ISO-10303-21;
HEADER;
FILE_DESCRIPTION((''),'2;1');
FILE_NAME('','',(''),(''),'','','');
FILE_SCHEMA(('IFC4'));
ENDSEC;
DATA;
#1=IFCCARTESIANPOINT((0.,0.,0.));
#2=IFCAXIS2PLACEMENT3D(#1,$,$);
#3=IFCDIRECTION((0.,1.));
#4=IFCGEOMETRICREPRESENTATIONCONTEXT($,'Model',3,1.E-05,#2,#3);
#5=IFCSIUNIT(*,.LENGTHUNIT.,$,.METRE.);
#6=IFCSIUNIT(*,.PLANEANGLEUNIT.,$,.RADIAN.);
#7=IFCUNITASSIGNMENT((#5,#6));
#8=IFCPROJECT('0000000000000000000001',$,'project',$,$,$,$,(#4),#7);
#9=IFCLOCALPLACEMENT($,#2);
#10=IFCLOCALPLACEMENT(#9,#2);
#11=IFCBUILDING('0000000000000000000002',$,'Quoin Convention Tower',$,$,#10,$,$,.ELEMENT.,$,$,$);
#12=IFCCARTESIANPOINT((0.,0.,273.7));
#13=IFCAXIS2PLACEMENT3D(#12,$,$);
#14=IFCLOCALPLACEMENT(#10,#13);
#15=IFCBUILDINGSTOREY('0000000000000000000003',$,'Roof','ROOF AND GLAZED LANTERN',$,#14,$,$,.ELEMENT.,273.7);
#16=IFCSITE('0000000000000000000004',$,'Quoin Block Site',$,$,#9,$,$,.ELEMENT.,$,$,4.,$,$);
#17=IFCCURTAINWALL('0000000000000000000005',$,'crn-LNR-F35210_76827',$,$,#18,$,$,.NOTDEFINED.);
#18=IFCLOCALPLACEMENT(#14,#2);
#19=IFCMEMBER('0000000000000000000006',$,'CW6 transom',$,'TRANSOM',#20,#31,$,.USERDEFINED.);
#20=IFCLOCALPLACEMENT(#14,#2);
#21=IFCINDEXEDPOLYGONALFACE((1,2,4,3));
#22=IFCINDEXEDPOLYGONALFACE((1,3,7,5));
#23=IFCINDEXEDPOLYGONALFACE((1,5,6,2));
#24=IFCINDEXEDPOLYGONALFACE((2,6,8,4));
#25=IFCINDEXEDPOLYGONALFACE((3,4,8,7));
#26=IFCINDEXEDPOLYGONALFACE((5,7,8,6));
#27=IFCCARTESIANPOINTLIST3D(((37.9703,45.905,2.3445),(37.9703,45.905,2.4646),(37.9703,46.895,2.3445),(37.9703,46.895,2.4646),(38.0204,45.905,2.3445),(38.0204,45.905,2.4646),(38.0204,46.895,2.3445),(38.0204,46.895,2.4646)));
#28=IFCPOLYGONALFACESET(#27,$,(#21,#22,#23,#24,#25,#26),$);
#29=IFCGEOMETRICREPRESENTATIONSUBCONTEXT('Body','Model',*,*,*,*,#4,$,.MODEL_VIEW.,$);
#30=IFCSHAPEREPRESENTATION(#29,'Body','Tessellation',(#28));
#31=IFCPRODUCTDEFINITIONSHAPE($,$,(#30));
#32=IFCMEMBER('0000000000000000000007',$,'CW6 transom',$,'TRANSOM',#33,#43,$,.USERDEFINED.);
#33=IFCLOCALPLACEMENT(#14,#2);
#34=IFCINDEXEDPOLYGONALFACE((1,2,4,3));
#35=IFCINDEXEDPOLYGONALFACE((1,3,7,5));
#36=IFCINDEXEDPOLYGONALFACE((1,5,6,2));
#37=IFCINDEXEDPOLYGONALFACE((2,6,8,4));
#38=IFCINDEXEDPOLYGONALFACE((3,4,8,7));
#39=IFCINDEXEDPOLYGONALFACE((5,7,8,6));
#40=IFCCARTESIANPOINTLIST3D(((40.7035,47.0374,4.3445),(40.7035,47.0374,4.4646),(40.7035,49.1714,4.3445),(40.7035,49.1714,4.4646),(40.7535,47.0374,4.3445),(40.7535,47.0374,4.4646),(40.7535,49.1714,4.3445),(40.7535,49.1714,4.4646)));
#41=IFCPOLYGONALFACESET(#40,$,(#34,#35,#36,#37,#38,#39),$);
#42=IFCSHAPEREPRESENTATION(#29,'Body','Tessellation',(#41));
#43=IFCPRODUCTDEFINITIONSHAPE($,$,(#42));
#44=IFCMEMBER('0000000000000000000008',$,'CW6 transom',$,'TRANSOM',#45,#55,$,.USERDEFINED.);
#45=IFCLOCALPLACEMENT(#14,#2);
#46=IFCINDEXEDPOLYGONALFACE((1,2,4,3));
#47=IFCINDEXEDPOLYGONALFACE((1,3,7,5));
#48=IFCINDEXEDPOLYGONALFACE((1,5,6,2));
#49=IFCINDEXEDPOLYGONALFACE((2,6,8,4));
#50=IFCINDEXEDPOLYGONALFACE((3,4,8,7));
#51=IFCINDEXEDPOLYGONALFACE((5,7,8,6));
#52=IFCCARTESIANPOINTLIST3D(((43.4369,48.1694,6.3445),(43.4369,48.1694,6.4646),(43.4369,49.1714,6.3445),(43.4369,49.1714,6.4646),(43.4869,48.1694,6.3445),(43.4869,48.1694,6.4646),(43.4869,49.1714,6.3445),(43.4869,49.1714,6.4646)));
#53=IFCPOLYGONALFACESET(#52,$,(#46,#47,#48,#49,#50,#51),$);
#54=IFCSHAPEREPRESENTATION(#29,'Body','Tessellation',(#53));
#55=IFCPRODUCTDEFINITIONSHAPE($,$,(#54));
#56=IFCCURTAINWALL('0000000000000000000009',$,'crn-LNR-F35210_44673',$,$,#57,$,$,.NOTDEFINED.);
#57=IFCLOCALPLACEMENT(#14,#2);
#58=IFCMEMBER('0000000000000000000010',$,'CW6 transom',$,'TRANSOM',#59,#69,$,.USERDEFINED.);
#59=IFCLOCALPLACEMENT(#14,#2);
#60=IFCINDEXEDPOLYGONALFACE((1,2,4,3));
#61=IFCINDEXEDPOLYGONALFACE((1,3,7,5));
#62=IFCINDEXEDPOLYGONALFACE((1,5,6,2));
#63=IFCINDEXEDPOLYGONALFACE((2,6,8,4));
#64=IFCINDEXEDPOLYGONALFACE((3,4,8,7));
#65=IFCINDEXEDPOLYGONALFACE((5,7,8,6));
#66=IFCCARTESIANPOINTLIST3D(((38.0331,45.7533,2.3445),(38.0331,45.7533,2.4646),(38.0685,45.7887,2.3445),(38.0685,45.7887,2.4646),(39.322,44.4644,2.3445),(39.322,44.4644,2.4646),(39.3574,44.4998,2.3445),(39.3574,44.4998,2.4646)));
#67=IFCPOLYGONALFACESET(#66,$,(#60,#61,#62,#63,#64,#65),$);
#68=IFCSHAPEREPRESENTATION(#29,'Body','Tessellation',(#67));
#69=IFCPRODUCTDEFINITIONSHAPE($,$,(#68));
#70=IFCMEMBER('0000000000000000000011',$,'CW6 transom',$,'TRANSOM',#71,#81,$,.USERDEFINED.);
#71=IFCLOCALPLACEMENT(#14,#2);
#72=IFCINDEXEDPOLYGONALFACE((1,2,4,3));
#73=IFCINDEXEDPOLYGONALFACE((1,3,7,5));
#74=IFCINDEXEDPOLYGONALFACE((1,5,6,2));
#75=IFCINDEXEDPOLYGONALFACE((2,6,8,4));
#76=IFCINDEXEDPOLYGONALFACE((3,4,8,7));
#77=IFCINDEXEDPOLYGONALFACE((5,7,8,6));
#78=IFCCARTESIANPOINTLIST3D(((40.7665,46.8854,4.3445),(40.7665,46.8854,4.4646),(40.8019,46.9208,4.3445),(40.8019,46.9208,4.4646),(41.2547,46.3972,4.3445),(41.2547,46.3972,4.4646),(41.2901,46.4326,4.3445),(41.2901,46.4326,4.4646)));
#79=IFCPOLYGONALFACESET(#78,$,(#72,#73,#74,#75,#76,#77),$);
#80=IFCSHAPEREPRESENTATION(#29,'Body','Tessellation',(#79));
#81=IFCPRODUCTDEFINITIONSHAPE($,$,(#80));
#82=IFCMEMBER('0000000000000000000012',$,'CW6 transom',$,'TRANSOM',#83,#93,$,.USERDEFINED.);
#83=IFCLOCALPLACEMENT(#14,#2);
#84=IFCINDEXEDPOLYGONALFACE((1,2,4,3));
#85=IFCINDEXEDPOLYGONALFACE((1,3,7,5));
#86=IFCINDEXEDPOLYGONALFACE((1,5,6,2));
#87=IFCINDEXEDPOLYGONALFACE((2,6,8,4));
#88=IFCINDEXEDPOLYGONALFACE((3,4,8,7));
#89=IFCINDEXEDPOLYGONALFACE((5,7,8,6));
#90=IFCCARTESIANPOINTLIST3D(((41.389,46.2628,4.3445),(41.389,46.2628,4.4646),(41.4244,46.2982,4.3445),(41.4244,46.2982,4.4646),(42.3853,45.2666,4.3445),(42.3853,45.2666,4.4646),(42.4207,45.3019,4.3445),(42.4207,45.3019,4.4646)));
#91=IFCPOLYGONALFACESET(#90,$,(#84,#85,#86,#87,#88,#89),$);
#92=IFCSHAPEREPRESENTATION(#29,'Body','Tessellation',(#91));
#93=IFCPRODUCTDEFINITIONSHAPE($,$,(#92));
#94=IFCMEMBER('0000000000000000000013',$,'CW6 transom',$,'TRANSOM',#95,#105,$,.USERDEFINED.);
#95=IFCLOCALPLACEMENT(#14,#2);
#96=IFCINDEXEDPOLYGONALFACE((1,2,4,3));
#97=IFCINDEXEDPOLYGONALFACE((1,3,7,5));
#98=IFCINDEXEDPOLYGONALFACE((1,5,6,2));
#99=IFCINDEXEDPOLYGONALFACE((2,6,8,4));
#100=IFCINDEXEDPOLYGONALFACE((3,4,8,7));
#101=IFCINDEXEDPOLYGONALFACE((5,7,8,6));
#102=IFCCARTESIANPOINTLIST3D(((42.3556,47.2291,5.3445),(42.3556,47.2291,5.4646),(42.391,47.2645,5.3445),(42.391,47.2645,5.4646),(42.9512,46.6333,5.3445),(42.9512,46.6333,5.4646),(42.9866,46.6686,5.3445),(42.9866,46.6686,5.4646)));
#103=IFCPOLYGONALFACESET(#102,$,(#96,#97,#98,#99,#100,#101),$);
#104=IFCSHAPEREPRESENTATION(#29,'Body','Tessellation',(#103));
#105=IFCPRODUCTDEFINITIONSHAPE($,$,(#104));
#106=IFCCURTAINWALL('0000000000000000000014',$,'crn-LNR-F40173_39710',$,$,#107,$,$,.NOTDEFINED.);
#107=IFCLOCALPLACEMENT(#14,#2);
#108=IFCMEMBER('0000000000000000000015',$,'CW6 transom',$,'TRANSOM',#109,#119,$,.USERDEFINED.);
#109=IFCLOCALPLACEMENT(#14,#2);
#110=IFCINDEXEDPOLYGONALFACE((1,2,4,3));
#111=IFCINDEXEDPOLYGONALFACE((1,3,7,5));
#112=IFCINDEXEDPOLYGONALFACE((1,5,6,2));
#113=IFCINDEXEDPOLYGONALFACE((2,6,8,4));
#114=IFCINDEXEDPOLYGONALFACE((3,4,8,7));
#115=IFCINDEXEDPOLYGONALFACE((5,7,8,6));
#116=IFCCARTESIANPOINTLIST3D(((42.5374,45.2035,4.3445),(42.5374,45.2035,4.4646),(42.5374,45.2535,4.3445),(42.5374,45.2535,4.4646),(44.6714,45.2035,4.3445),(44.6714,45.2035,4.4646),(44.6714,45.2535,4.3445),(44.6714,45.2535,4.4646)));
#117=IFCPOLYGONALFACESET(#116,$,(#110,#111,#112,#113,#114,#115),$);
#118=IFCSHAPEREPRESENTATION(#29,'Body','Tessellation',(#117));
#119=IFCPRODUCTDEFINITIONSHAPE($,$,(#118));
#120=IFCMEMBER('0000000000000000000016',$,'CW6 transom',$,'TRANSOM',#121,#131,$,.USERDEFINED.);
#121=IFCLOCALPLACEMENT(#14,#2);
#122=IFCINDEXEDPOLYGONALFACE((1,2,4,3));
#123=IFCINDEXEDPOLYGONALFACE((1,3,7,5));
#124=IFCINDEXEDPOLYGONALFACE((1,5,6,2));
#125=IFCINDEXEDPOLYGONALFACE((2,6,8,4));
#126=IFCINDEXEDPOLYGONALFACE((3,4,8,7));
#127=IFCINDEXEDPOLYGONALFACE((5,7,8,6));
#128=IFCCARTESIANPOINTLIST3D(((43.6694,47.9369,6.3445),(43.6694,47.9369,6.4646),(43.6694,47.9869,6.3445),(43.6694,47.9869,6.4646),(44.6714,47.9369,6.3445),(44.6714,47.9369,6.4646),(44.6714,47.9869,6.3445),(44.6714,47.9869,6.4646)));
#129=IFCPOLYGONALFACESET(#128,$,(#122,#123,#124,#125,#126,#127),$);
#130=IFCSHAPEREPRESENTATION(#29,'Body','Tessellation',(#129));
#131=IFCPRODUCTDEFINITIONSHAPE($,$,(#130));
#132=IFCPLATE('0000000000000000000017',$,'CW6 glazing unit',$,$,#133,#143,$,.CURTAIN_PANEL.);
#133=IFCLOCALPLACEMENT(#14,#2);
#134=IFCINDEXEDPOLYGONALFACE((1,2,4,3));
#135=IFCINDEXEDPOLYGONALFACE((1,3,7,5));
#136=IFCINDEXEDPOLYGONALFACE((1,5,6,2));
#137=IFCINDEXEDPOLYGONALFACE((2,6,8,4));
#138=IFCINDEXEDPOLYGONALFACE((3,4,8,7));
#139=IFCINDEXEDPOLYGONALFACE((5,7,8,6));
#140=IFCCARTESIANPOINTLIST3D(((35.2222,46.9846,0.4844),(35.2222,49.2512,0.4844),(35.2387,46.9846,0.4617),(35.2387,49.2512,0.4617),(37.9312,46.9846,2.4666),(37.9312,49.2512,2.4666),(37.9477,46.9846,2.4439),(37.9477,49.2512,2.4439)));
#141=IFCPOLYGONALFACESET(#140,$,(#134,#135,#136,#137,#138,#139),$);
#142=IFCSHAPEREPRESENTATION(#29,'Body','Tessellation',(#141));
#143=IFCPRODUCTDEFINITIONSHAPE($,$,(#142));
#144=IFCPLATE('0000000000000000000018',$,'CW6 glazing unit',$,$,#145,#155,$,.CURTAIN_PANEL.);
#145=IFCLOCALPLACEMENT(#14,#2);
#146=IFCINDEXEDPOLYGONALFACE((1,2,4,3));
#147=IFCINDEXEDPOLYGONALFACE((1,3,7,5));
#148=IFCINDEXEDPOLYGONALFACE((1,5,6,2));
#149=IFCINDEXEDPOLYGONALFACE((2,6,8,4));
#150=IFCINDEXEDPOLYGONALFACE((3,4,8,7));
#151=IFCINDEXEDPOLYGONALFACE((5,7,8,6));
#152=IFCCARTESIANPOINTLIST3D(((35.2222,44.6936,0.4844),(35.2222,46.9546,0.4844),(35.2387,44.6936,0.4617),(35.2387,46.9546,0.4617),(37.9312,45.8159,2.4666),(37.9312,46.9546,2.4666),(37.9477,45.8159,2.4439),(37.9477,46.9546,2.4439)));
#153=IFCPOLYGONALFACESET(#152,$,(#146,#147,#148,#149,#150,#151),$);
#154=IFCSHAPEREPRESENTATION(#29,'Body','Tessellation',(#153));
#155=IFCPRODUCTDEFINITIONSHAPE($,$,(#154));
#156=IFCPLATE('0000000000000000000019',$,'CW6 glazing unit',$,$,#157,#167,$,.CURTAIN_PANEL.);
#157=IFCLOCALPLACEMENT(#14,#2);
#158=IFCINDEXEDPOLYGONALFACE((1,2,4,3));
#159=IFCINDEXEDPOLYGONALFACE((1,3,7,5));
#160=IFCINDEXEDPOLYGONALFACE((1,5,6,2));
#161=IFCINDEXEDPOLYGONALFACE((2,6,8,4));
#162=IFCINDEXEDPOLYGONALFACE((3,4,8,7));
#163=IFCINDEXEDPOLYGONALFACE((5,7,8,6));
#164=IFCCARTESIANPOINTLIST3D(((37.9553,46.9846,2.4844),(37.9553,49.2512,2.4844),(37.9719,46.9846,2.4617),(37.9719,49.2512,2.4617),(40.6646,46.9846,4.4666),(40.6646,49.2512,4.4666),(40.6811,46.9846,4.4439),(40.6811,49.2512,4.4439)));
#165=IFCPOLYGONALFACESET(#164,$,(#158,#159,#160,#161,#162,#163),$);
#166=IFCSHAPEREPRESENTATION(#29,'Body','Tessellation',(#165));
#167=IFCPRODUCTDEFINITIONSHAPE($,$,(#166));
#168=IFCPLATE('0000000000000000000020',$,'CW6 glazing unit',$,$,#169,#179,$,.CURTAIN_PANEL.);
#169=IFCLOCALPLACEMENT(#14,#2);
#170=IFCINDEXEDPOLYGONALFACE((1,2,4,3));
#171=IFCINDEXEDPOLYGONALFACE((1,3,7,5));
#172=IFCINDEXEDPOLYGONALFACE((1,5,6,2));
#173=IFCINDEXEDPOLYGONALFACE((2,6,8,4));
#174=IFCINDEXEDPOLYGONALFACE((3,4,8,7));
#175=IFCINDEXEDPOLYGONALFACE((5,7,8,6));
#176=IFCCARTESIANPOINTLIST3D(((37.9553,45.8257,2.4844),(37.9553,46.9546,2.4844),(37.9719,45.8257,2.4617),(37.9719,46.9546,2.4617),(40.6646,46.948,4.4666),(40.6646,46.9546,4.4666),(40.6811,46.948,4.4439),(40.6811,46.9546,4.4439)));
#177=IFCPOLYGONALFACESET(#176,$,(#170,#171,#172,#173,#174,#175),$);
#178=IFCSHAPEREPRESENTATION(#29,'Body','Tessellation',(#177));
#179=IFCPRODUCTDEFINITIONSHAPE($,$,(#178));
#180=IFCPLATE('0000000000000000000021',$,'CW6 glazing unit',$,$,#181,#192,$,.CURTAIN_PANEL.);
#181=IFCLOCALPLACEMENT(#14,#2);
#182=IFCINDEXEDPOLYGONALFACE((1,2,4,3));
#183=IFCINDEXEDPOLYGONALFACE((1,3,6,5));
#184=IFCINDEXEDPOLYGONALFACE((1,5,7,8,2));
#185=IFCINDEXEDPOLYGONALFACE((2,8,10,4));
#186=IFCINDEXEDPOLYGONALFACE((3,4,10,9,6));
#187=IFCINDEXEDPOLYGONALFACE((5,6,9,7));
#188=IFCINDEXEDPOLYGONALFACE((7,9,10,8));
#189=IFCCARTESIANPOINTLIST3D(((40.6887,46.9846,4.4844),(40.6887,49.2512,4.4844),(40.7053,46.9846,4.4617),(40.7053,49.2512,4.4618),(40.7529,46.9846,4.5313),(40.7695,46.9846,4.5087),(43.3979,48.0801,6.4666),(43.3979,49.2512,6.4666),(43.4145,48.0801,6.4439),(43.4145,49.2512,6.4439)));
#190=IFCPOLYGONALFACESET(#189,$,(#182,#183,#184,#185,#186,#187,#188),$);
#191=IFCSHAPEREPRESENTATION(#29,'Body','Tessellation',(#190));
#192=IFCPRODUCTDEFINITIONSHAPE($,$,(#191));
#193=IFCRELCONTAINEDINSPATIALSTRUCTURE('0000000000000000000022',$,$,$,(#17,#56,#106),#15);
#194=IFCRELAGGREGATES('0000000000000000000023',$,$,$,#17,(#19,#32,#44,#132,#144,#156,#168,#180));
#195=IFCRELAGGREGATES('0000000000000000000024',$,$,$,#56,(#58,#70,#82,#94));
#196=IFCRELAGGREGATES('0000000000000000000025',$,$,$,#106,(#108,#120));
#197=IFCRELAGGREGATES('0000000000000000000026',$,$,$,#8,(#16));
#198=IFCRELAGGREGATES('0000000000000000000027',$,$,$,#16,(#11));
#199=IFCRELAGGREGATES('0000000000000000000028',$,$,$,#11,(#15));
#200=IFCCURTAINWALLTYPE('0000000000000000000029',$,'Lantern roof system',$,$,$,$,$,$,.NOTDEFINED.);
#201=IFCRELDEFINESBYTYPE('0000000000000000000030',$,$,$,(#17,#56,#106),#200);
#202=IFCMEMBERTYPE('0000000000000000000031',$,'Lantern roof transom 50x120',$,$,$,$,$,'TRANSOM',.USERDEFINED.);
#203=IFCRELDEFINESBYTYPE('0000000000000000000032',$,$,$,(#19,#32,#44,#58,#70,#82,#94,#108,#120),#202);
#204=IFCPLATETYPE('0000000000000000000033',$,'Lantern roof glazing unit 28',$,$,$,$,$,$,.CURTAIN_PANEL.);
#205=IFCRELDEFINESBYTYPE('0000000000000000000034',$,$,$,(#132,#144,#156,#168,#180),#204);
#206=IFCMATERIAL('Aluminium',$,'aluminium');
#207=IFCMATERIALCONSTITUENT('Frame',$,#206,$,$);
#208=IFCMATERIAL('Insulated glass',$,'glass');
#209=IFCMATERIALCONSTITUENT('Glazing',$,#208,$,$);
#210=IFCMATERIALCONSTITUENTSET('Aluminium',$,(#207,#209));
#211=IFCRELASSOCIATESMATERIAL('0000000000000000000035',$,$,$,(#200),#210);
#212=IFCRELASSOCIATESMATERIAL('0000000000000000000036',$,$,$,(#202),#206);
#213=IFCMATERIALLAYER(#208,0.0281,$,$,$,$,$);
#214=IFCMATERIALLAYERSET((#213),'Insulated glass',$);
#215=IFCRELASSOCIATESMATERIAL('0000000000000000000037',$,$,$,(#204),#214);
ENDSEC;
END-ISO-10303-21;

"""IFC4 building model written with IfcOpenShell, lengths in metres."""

from ifc_helpers import new_model, si_unit, direction, frame, origin, origin_2d, place, context, subcontext, project, spatial, polyline, rectangle, outline, extrude, material, layer, layer_set, constituent, constituent_set, material_profile, profile_set, type_object, element, aggregate, save


model = new_model("IFC4")

# Units and contexts
model_context = context("Model", 3, precision=1e-05, world=origin(), true_north=direction((0.0, 1.0)))
body_context = subcontext(model_context, "Body", "Model", "MODEL_VIEW")
ifc_project = project(units=[si_unit("LENGTHUNIT", "METRE"), si_unit("PLANEANGLEUNIT", "RADIAN")], contexts=[model_context])

# Site, building, storey
site_placement = place(None, origin())
site = spatial("IfcSite", under=ifc_project, at=site_placement, Name="Quoin Block Site", CompositionType="ELEMENT", RefElevation=4.0)
building_placement = place(site_placement, origin())
building = spatial("IfcBuilding", under=site, at=building_placement, Name="Quoin Convention Tower", CompositionType="ELEMENT")
storey_placement = place(building_placement, frame((0.0, 0.0, 273.7)))
storey = spatial("IfcBuildingStorey", under=building, at=storey_placement, Name="Roof", Description="ROOF AND GLAZED LANTERN", CompositionType="ELEMENT", Elevation=273.7)

# Curtain wall
ifc_material_1 = material(Name="Aluminium", Category="aluminium")
ifc_constituent_1 = constituent(ifc_material_1, Name="Frame")
ifc_material_2 = material(Name="Insulated glass", Category="glass")
ifc_constituent_2 = constituent(ifc_material_2, Name="Glazing")
ifc_constituent_set = constituent_set(constituents=[ifc_constituent_1, ifc_constituent_2], Name="Aluminium")
curtain_wall_type = type_object("IfcCurtainWallType", Name="Lantern roof system", PredefinedType="NOTDEFINED", material=ifc_constituent_set)
curtain_wall_1_placement = place(storey_placement, origin())
curtain_wall_1 = element("IfcCurtainWall", 1, at=curtain_wall_1_placement, inside=storey, type_object=curtain_wall_type, Name="crn-LNR-F35210_76827", PredefinedType="NOTDEFINED")

# Members
ifc_material_profile_1 = material_profile(ifc_material_1, rectangle(XDim=0.1201, YDim=0.05, at=origin_2d()), Name="Lantern roof transom 50x120")
ifc_profile_set_1 = profile_set([ifc_material_profile_1], Name="Aluminium")
member_type_1 = type_object("IfcMemberType", Name="Lantern roof transom 50x120", ElementType="TRANSOM", PredefinedType="USERDEFINED", material=ifc_profile_set_1)
member_1_placement = place(storey_placement, frame((37.9954, 46.895, 2.4045), z_axis=(0.0, -1.0, 0.0), x_axis=(0.0, 0.0, 1.0)))
member_1 = element("IfcMember", 2, at=member_1_placement, type_object=member_type_1, Name="CW6 transom", ObjectType="TRANSOM", PredefinedType="USERDEFINED", context=body_context, shape_type="SweptSolid", body=[
    extrude(rectangle(XDim=0.1201, YDim=0.05, at=origin_2d()), origin(), (0.0, 0.0, 1.0), 0.99),
])
member_2_placement = place(storey_placement, frame((40.7285, 49.1714, 4.4045), z_axis=(0.0, -1.0, 0.0), x_axis=(0.0, 0.0, 1.0)))
member_2 = element("IfcMember", 3, at=member_2_placement, type_object=member_type_1, Name="CW6 transom", ObjectType="TRANSOM", PredefinedType="USERDEFINED", context=body_context, shape_type="SweptSolid", body=[
    extrude(rectangle(XDim=0.1201, YDim=0.05, at=origin_2d()), origin(), (0.0, 0.0, 1.0), 2.134),
])
member_3_placement = place(storey_placement, frame((43.4619, 49.1714, 6.4045), z_axis=(0.0, -1.0, 0.0), x_axis=(0.0, 0.0, 1.0)))
member_3 = element("IfcMember", 4, at=member_3_placement, type_object=member_type_1, Name="CW6 transom", ObjectType="TRANSOM", PredefinedType="USERDEFINED", context=body_context, shape_type="SweptSolid", body=[
    extrude(rectangle(XDim=0.1201, YDim=0.05, at=origin_2d()), origin(), (0.0, 0.0, 1.0), 1.002),
])

# Curtain walls, members
curtain_wall_2_placement = place(storey_placement, origin())
curtain_wall_2 = element("IfcCurtainWall", 5, at=curtain_wall_2_placement, inside=storey, type_object=curtain_wall_type, Name="crn-LNR-F35210_44673", PredefinedType="NOTDEFINED")
member_4_placement = place(storey_placement, frame((38.0508, 45.771, 2.4045), z_axis=(0.707107, -0.707107, 0.0), x_axis=(0.0, 0.0, 1.0)))
member_4 = element("IfcMember", 6, at=member_4_placement, type_object=member_type_1, Name="CW6 transom", ObjectType="TRANSOM", PredefinedType="USERDEFINED", context=body_context, shape_type="SweptSolid", body=[
    extrude(rectangle(XDim=0.1201, YDim=0.05, at=origin_2d()), origin(), (0.0, 0.0, 1.0), 1.8228),
])
member_5_placement = place(storey_placement, frame((40.7842, 46.9031, 4.4045), z_axis=(0.707107, -0.707107, 0.0), x_axis=(0.0, 0.0, 1.0)))
member_5 = element("IfcMember", 7, at=member_5_placement, type_object=member_type_1, Name="CW6 transom", ObjectType="TRANSOM", PredefinedType="USERDEFINED", context=body_context, shape_type="SweptSolid", body=[
    extrude(rectangle(XDim=0.1201, YDim=0.05, at=origin_2d()), origin(), (0.0, 0.0, 1.0), 0.6904),
])
member_6_placement = place(storey_placement, frame((41.4067, 46.2805, 4.4045), z_axis=(0.707107, -0.707107, 0.0), x_axis=(0.0, 0.0, 1.0)))
member_6 = element("IfcMember", 8, at=member_6_placement, type_object=member_type_1, Name="CW6 transom", ObjectType="TRANSOM", PredefinedType="USERDEFINED", context=body_context, shape_type="SweptSolid", body=[
    extrude(rectangle(XDim=0.1201, YDim=0.05, at=origin_2d()), origin(), (0.0, 0.0, 1.0), 1.4089),
])
member_7_placement = place(storey_placement, frame((42.3733, 47.2468, 5.4045), z_axis=(0.706962, -0.707252, 0.0), x_axis=(0.0, 0.0, 1.0)))
member_7 = element("IfcMember", 9, at=member_7_placement, type_object=member_type_1, Name="CW6 transom", ObjectType="TRANSOM", PredefinedType="USERDEFINED", context=body_context, shape_type="SweptSolid", body=[
    extrude(rectangle(XDim=0.1201, YDim=0.05, at=origin_2d()), origin(), (0.0, 0.0, 1.0), 0.8425),
])
curtain_wall_3_placement = place(storey_placement, origin())
curtain_wall_3 = element("IfcCurtainWall", 10, at=curtain_wall_3_placement, inside=storey, type_object=curtain_wall_type, Name="crn-LNR-F40173_39710", PredefinedType="NOTDEFINED")
member_8_placement = place(storey_placement, frame((42.5374, 45.2285, 4.4045), z_axis=(1.0, 0.0, 0.0), x_axis=(0.0, 0.0, 1.0)))
member_8 = element("IfcMember", 11, at=member_8_placement, type_object=member_type_1, Name="CW6 transom", ObjectType="TRANSOM", PredefinedType="USERDEFINED", context=body_context, shape_type="SweptSolid", body=[
    extrude(rectangle(XDim=0.1201, YDim=0.05, at=origin_2d()), origin(), (0.0, 0.0, 1.0), 2.134),
])
member_9_placement = place(storey_placement, frame((43.6694, 47.9619, 6.4045), z_axis=(1.0, 0.0, 0.0), x_axis=(0.0, 0.0, 1.0)))
member_9 = element("IfcMember", 12, at=member_9_placement, type_object=member_type_1, Name="CW6 transom", ObjectType="TRANSOM", PredefinedType="USERDEFINED", context=body_context, shape_type="SweptSolid", body=[
    extrude(rectangle(XDim=0.1201, YDim=0.05, at=origin_2d()), origin(), (0.0, 0.0, 1.0), 1.002),
])

# Plates
ifc_layer = layer(ifc_material_2, 0.0281)
ifc_layer_set = layer_set([ifc_layer], Name="Insulated glass")
plate_type = type_object("IfcPlateType", Name="Lantern roof glazing unit 28", PredefinedType="CURTAIN_PANEL", material=ifc_layer_set)
plate_1_placement = place(storey_placement, frame((37.9312, 49.2512, 2.4666), z_axis=(-0.590509, 0.0, 0.807031), x_axis=(0.0, -1.0, 0.0)))
plate_1 = element("IfcPlate", 13, at=plate_1_placement, type_object=plate_type, Name="CW6 glazing unit", PredefinedType="CURTAIN_PANEL", context=body_context, shape_type="SweptSolid", body=[
    extrude(outline(polyline([(0.0, 0.0), (2.2666, 0.0), (2.2666, -3.3567), (0.0, -3.3567), (0.0, 0.0)])), origin(), (0.0, 0.0, -1.0), 0.0281),
])
plate_2_placement = place(storey_placement, frame((37.9312, 46.9546, 2.4666), z_axis=(-0.590509, 0.0, 0.807031), x_axis=(0.0, -1.0, 0.0)))
plate_2 = element("IfcPlate", 14, at=plate_2_placement, type_object=plate_type, Name="CW6 glazing unit", PredefinedType="CURTAIN_PANEL", context=body_context, shape_type="SweptSolid", body=[
    extrude(outline(polyline([(0.0, 0.0), (1.1387, 0.0), (2.261, -3.3567), (0.0, -3.3567), (0.0, 0.0)])), origin(), (0.0, 0.0, -1.0), 0.0281),
])
plate_3_placement = place(storey_placement, frame((37.9553, 49.2512, 2.4844), z_axis=(-0.590474, 0.0, 0.807057), x_axis=(0.807057, 0.0, 0.590474)))
plate_3 = element("IfcPlate", 15, at=plate_3_placement, type_object=plate_type, Name="CW6 glazing unit", PredefinedType="CURTAIN_PANEL", context=body_context, shape_type="SweptSolid", body=[
    extrude(outline(polyline([(0.0, 0.0), (3.3569, 0.0), (3.3569, -2.2666), (0.0, -2.2666), (0.0, 0.0)])), origin(), (0.0, 0.0, -1.0), 0.0281),
])
plate_4_placement = place(storey_placement, frame((37.9553, 46.9546, 2.4844), z_axis=(-0.590474, 0.0, 0.807057), x_axis=(0.807057, 0.0, 0.590474)))
plate_4 = element("IfcPlate", 16, at=plate_4_placement, type_object=plate_type, Name="CW6 glazing unit", PredefinedType="CURTAIN_PANEL", context=body_context, shape_type="SweptSolid", body=[
    extrude(outline(polyline([(0.0, 0.0), (3.3569, 0.0), (3.3569, -0.0066), (0.0, -1.1289), (0.0, 0.0)])), origin(), (0.0, 0.0, -1.0), 0.0281),
])
plate_5_placement = place(storey_placement, frame((40.6887, 46.9846, 4.4844), z_axis=(-0.590468, -0.000024, 0.807061), x_axis=(-0.000014, 1.0, 0.000019)))
plate_5 = element("IfcPlate", 17, at=plate_5_placement, type_object=plate_type, Name="CW6 glazing unit", PredefinedType="CURTAIN_PANEL", context=body_context, shape_type="SweptSolid", body=[
    extrude(outline(polyline([(0.0, 0.0), (2.2666, 0.0), (2.2666, -3.3569), (1.0955, -3.3569), (0.0, -0.0795), (0.0, 0.0)])), origin(), (0.0, 0.0, -1.0), 0.0281),
])
aggregate(curtain_wall_1, [member_1, member_2, member_3, plate_1, plate_2, plate_3, plate_4, plate_5])
aggregate(curtain_wall_2, [member_4, member_5, member_6, member_7])
aggregate(curtain_wall_3, [member_8, member_9])

save(model, "model.ifc")
